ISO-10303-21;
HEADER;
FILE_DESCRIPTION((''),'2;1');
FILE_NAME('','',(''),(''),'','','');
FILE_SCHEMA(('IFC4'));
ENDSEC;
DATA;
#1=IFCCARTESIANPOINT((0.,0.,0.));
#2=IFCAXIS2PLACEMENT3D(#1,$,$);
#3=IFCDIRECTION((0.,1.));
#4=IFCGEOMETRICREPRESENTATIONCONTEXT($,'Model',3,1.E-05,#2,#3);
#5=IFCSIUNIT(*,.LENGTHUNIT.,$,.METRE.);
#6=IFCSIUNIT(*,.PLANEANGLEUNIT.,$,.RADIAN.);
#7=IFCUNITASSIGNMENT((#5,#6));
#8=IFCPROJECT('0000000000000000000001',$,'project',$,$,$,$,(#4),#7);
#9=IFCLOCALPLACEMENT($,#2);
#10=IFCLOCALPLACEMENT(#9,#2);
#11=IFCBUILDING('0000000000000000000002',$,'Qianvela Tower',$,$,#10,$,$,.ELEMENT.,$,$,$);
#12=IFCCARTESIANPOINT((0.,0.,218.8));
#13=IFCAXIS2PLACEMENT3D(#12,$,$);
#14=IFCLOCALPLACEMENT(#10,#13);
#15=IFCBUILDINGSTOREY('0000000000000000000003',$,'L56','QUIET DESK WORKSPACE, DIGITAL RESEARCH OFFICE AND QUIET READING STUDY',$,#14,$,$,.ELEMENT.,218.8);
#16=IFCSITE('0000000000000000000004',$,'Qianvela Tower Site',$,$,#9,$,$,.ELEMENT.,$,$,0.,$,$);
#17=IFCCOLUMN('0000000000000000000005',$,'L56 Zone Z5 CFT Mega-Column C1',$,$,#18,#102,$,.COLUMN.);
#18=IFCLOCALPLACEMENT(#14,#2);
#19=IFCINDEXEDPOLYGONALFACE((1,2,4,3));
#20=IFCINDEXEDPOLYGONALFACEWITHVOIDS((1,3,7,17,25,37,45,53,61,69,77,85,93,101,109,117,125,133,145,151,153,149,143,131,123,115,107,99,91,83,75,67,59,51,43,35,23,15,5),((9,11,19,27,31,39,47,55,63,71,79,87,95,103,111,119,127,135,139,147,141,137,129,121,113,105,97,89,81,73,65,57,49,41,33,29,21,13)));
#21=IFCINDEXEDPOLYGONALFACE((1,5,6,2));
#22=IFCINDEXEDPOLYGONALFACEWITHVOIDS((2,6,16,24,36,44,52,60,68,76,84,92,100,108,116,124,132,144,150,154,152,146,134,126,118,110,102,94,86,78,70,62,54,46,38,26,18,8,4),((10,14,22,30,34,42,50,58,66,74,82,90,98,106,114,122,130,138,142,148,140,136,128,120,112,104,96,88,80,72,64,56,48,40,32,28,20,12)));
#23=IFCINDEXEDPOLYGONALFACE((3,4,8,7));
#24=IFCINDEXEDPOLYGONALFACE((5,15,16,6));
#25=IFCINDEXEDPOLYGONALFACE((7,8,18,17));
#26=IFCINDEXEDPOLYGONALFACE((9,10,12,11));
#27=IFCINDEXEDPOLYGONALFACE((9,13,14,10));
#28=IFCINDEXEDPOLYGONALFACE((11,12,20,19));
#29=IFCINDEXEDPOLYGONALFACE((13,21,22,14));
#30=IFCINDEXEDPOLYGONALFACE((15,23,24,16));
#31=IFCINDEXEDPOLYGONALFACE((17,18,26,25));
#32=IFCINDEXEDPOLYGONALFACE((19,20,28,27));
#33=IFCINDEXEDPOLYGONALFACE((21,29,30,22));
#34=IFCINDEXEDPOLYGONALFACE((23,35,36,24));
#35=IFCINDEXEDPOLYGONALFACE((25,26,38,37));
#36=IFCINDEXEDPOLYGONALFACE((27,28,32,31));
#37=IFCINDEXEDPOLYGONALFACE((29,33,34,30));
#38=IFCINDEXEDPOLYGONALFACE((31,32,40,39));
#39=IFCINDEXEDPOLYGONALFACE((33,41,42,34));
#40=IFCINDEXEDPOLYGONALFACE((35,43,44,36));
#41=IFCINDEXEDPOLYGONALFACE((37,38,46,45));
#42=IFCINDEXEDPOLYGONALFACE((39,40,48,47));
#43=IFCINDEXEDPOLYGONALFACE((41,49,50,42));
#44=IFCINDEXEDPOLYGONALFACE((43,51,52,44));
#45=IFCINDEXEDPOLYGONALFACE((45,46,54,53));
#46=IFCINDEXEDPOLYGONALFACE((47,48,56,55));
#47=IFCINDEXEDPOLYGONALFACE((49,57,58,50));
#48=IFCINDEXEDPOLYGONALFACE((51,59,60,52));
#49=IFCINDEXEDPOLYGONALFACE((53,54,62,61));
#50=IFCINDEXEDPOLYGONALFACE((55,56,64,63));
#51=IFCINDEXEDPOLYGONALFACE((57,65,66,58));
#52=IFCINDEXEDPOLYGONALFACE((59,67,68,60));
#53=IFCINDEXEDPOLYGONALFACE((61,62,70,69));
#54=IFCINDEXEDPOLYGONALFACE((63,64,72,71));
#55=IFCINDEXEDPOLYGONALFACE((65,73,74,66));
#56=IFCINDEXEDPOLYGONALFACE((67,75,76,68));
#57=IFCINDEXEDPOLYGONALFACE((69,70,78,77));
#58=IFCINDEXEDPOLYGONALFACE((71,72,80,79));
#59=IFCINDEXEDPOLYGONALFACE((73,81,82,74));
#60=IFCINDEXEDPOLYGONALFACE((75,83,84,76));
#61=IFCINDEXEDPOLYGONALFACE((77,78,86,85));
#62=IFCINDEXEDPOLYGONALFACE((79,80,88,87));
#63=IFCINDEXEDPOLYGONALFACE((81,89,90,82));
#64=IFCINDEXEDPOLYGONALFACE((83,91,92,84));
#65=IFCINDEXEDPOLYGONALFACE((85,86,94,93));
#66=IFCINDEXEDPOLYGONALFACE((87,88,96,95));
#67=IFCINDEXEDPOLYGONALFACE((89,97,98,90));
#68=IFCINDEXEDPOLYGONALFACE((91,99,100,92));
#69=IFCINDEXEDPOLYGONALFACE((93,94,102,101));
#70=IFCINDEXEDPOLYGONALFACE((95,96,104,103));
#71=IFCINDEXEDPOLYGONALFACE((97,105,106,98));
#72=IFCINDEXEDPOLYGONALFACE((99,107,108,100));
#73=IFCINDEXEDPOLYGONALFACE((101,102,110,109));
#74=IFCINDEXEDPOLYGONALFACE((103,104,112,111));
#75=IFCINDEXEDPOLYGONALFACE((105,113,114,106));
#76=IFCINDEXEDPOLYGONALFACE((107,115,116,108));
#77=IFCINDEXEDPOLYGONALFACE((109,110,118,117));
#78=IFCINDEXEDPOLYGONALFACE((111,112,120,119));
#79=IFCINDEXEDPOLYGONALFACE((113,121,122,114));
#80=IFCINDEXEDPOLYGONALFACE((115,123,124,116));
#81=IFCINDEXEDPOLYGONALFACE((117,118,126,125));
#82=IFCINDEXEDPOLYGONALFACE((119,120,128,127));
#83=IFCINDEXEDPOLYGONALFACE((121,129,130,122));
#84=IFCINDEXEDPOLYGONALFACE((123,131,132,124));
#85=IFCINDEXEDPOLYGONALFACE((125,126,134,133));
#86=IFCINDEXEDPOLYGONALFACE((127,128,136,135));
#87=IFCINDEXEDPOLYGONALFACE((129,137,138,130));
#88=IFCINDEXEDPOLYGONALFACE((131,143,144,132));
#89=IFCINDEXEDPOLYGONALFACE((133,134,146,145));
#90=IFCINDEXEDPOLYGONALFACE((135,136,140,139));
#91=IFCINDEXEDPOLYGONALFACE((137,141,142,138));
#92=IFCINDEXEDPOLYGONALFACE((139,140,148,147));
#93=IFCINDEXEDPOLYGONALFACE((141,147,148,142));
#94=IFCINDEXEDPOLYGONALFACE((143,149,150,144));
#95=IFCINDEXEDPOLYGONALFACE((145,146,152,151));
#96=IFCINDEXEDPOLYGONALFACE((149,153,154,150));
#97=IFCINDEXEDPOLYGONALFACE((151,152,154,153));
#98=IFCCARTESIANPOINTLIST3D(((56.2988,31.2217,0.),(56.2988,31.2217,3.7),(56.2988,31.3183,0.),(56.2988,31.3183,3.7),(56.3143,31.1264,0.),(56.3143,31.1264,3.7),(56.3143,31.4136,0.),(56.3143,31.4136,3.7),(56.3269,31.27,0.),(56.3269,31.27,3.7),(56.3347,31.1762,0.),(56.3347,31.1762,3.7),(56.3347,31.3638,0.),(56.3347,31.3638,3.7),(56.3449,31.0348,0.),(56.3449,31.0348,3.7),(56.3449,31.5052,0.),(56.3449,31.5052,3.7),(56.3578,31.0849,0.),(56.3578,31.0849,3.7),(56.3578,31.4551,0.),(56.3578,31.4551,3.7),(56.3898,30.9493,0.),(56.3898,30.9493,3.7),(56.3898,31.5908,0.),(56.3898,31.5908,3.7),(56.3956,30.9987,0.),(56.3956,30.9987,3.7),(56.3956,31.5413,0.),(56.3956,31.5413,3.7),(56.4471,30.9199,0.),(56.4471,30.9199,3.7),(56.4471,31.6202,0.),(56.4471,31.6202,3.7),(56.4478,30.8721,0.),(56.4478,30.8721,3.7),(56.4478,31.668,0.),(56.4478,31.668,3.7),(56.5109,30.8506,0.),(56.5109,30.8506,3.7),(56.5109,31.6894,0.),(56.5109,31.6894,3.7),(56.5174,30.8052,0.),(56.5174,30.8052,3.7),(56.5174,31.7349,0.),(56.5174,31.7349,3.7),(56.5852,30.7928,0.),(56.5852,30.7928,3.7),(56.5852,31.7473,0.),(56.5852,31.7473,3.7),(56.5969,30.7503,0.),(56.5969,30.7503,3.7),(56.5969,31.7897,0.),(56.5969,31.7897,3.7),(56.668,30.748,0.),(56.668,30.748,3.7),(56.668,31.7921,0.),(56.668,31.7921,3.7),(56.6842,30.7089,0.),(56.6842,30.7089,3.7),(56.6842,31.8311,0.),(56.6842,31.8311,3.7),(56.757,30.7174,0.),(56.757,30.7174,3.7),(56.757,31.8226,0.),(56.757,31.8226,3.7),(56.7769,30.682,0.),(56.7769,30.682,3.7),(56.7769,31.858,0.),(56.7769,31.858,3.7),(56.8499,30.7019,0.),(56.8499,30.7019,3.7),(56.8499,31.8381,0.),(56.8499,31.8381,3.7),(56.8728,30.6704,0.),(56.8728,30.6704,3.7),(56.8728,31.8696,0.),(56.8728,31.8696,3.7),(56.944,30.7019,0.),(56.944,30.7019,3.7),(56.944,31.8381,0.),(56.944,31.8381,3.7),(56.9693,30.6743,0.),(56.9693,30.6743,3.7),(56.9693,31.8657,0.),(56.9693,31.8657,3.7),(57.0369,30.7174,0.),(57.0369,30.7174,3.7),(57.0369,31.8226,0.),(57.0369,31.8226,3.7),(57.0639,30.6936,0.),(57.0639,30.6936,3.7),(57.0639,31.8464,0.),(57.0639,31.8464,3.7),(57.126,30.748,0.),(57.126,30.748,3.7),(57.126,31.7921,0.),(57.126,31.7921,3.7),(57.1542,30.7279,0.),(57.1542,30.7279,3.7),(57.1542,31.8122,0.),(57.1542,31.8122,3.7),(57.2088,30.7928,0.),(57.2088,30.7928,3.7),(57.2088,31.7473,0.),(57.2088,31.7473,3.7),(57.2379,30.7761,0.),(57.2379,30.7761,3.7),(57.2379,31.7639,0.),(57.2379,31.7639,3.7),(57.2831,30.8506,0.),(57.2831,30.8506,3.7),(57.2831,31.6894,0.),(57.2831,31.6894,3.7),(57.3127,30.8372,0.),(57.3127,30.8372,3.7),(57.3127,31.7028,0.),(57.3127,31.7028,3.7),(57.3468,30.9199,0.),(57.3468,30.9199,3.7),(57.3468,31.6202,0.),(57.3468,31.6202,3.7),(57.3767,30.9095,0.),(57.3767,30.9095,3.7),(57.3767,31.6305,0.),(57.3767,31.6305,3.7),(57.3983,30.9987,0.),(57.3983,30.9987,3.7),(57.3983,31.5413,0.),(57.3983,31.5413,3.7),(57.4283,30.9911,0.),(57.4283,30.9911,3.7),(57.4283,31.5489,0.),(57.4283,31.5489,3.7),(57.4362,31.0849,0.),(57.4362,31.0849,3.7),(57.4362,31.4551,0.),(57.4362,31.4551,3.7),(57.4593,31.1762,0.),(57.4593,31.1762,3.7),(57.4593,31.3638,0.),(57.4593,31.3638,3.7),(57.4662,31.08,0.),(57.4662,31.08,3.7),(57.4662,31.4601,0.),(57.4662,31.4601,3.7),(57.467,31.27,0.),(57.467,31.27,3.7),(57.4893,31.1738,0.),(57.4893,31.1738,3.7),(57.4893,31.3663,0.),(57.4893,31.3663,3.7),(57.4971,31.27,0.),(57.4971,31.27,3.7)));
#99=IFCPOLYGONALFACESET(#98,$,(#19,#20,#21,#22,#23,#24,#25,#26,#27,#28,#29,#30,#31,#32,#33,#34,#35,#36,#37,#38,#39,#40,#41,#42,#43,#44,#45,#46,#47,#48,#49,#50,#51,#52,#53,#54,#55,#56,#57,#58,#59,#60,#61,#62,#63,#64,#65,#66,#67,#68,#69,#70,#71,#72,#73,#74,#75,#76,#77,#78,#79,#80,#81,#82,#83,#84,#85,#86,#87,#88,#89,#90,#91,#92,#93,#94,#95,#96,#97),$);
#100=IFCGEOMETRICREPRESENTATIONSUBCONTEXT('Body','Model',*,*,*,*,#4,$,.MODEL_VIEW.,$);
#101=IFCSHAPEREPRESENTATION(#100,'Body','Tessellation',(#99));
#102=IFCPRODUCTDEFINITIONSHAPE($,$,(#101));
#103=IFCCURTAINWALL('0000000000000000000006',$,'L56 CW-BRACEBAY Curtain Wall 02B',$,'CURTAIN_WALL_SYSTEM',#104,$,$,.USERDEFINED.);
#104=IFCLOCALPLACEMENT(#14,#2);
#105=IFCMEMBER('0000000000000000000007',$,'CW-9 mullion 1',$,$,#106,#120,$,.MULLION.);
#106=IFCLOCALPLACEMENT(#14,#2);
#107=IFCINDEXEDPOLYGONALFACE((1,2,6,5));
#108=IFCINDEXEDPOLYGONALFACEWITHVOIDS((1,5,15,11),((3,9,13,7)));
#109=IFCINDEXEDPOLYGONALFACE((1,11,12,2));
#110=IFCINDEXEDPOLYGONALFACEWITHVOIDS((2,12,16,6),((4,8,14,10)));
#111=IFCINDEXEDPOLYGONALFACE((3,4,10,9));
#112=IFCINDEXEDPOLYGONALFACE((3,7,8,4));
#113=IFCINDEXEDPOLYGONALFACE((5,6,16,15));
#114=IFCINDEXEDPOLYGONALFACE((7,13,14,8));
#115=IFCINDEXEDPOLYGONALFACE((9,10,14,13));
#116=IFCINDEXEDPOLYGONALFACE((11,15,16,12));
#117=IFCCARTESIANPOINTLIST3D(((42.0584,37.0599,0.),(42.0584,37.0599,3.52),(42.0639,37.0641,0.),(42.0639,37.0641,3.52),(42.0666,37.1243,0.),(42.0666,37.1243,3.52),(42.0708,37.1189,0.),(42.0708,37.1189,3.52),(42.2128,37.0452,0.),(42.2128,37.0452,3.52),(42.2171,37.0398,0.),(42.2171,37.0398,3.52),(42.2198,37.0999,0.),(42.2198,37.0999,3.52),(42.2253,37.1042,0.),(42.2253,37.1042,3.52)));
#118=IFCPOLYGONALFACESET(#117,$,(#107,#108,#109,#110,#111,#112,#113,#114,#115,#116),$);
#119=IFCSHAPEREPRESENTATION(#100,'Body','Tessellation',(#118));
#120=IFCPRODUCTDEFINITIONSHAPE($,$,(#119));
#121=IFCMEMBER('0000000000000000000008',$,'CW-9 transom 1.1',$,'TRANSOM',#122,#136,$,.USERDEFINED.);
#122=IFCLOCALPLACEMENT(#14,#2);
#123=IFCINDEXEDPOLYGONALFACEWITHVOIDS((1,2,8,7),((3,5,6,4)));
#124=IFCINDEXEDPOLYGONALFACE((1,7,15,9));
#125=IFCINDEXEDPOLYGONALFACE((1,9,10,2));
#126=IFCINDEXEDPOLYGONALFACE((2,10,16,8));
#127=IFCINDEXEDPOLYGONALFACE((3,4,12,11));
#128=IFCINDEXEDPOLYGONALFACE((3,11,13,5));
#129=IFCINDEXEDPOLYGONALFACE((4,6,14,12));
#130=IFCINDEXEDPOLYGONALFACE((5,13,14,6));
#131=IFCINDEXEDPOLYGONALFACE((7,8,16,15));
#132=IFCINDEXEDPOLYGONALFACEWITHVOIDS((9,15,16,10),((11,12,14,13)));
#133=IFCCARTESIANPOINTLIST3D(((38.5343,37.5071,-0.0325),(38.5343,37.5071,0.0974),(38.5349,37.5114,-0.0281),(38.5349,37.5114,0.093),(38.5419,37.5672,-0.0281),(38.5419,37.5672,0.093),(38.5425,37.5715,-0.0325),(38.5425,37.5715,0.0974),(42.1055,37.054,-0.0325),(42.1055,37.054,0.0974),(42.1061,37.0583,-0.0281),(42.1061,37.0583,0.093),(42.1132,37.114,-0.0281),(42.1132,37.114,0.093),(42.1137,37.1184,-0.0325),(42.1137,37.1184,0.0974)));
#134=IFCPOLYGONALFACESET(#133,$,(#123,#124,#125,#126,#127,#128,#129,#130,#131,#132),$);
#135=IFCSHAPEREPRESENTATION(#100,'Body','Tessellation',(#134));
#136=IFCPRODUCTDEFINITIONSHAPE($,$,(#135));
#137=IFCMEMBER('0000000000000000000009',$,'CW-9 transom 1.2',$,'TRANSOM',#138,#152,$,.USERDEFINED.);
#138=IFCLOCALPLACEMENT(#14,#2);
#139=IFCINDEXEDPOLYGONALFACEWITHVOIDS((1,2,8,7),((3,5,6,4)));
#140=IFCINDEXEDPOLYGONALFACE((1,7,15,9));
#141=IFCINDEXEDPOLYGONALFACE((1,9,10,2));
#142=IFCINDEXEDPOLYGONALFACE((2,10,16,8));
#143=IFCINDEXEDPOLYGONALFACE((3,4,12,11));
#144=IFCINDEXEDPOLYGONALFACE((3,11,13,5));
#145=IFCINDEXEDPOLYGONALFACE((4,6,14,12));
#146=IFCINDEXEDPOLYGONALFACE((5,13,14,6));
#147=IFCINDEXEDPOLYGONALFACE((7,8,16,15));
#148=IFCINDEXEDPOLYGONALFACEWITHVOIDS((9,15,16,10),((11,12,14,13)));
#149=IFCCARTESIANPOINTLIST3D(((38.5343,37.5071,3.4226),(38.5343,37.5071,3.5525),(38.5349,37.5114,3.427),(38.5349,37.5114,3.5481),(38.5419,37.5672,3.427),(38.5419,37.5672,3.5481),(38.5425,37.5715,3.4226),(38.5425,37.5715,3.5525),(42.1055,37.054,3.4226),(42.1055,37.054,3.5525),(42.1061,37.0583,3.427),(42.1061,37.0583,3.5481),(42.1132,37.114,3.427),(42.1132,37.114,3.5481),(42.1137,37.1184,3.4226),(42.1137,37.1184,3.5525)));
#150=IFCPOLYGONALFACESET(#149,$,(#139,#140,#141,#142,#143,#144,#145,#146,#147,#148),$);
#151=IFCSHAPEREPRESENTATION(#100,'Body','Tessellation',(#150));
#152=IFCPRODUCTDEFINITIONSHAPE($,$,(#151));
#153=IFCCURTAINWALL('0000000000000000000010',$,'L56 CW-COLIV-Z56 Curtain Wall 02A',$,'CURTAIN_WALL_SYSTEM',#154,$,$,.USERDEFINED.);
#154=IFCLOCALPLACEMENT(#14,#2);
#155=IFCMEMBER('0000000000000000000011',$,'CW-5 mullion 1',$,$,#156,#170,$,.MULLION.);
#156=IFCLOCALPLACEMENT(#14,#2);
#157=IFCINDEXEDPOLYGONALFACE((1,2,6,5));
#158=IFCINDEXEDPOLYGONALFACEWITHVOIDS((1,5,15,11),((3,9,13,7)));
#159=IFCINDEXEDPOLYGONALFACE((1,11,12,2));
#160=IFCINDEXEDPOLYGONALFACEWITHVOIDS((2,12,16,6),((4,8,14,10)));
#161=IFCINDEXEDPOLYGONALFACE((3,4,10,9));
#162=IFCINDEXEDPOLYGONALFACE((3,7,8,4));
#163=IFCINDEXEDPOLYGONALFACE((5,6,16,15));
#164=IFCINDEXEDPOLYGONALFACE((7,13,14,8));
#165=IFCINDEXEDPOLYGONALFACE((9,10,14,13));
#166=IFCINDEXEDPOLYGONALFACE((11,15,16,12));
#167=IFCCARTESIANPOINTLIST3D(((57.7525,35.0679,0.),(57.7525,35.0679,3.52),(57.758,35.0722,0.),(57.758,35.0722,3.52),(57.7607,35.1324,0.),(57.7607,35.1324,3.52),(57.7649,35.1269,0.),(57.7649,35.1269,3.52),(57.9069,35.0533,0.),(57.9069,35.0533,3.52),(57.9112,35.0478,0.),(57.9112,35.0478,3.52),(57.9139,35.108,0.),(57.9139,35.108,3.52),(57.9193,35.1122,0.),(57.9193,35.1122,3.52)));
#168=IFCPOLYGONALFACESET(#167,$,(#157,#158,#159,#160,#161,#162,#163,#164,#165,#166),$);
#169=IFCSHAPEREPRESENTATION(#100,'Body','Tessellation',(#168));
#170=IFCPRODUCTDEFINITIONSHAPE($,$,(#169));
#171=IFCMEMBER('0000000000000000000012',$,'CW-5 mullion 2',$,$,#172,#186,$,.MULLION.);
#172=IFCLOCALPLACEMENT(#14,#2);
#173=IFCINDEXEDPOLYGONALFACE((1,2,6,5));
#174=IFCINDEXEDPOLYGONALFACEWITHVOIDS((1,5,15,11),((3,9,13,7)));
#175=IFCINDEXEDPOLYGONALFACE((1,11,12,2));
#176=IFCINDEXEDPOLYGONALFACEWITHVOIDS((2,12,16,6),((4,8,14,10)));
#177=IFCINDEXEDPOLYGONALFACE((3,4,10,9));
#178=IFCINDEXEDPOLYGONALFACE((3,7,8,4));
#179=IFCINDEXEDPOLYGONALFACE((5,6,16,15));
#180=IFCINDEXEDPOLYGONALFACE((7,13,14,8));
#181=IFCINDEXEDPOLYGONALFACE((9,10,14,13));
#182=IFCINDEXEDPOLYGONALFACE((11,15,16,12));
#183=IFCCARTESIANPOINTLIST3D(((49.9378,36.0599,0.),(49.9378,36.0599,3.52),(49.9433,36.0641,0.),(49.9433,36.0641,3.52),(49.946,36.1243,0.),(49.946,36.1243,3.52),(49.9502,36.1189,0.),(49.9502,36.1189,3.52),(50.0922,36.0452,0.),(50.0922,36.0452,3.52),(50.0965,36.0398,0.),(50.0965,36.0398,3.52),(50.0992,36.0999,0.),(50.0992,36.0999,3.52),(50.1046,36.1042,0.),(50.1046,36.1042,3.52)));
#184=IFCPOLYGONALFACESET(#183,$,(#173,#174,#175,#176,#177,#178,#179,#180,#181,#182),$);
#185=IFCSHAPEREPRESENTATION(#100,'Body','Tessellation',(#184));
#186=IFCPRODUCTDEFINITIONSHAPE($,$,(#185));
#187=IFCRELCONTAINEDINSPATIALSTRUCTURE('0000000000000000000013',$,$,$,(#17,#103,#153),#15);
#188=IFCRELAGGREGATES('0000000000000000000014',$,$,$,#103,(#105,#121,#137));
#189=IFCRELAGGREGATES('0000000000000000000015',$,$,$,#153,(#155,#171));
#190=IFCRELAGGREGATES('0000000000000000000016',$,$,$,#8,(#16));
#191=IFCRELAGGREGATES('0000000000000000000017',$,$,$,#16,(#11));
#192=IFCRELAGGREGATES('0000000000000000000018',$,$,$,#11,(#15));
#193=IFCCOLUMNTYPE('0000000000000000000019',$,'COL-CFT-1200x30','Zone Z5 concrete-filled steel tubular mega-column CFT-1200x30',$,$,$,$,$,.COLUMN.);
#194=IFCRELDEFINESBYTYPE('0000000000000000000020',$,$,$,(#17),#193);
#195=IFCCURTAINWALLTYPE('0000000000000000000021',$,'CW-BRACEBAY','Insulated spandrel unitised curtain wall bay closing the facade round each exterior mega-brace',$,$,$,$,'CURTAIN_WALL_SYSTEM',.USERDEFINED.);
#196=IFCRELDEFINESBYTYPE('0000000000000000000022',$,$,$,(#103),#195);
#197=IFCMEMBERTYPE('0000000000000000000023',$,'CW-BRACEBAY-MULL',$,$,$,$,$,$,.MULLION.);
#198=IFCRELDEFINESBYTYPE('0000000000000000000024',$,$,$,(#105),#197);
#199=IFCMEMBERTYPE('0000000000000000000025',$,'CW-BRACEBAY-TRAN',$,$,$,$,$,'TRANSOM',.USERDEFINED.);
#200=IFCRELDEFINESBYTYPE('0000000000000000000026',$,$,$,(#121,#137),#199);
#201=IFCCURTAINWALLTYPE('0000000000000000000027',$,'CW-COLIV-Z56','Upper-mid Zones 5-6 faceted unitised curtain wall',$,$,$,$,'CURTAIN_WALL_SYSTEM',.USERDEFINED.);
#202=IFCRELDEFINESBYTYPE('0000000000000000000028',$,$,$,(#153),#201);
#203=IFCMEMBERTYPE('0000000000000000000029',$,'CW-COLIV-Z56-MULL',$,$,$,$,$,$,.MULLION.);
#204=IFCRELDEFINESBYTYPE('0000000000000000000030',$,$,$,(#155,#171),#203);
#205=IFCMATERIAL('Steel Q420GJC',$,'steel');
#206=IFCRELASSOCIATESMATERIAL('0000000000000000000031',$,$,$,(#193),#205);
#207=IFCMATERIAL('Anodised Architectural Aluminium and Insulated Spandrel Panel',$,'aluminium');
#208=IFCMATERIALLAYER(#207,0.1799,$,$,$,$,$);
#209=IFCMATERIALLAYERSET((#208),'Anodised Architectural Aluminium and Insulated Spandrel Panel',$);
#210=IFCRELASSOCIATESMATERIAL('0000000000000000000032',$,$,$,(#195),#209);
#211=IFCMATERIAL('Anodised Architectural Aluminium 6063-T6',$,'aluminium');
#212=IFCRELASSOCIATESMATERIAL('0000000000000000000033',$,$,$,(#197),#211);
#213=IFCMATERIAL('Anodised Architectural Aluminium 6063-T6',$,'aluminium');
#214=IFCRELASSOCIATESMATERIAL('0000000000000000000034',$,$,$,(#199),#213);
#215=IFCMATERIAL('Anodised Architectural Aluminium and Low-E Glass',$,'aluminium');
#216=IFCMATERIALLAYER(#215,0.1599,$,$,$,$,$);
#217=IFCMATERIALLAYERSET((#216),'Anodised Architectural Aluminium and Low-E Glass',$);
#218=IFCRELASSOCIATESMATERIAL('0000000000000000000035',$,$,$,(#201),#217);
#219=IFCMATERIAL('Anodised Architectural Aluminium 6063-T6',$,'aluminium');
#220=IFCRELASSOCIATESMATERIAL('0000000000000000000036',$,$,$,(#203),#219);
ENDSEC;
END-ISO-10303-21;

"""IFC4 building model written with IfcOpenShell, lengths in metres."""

from ifc_helpers import new_model, si_unit, direction, frame, origin, origin_2d, place, context, subcontext, project, spatial, hollow_rectangle, hollow_circle, extrude, material, layer, layer_set, material_profile, profile_set, type_object, element, aggregate, save


model = new_model("IFC4")

# Units and contexts
model_context = context("Model", 3, precision=1e-05, world=origin(), true_north=direction((0.0, 1.0)))
body_context = subcontext(model_context, "Body", "Model", "MODEL_VIEW")
ifc_project = project(units=[si_unit("LENGTHUNIT", "METRE"), si_unit("PLANEANGLEUNIT", "RADIAN")], contexts=[model_context])

# Site, building, storey
site_placement = place(None, origin())
site = spatial("IfcSite", under=ifc_project, at=site_placement, Name="Qianvela Tower Site", CompositionType="ELEMENT", RefElevation=0.0)
building_placement = place(site_placement, origin())
building = spatial("IfcBuilding", under=site, at=building_placement, Name="Qianvela Tower", CompositionType="ELEMENT")
storey_placement = place(building_placement, frame((0.0, 0.0, 218.8)))
storey = spatial("IfcBuildingStorey", under=building, at=storey_placement, Name="L56", Description="QUIET DESK WORKSPACE, DIGITAL RESEARCH OFFICE AND QUIET READING STUDY", CompositionType="ELEMENT", Elevation=218.8)

# Column
ifc_material_1 = material(Name="Steel Q420GJC", Category="steel")
ifc_material_profile_1 = material_profile(ifc_material_1, hollow_circle(Radius=0.6001, WallThickness=0.03, at=origin_2d()), Name="CFT-1200x30")
ifc_profile_set_1 = profile_set([ifc_material_profile_1], Name="Steel Q420GJC")
column_type = type_object("IfcColumnType", Name="COL-CFT-1200x30", Description="Zone Z5 concrete-filled steel tubular mega-column CFT-1200x30", PredefinedType="COLUMN", material=ifc_profile_set_1)
column_placement = place(storey_placement, frame((56.897, 31.27, 0.0), z_axis=(0.0, 0.0, 1.0), x_axis=(1.0, 0.0, 0.0)))
element("IfcColumn", 1, at=column_placement, inside=storey, type_object=column_type, Name="L56 Zone Z5 CFT Mega-Column C1", PredefinedType="COLUMN", context=body_context, shape_type="SweptSolid", body=[
    extrude(hollow_circle(Radius=0.6001, WallThickness=0.03, at=origin_2d()), origin(), (0.0, 0.0, 1.0), 3.7),
])

# Curtain walls, members
ifc_material_2 = material(Name="Anodised Architectural Aluminium and Insulated Spandrel Panel", Category="aluminium")
ifc_layer_1 = layer(ifc_material_2, 0.1799)
ifc_layer_set_1 = layer_set([ifc_layer_1], Name="Anodised Architectural Aluminium and Insulated Spandrel Panel")
curtain_wall_type_1 = type_object("IfcCurtainWallType", Name="CW-BRACEBAY", Description="Insulated spandrel unitised curtain wall bay closing the facade round each exterior mega-brace", ElementType="CURTAIN_WALL_SYSTEM", PredefinedType="USERDEFINED", material=ifc_layer_set_1)
curtain_wall_1_placement = place(storey_placement, origin())
curtain_wall_1 = element("IfcCurtainWall", 2, at=curtain_wall_1_placement, inside=storey, type_object=curtain_wall_type_1, Name="L56 CW-BRACEBAY Curtain Wall 02B", ObjectType="CURTAIN_WALL_SYSTEM", PredefinedType="USERDEFINED")
ifc_material_3 = material(Name="Anodised Architectural Aluminium 6063-T6", Category="aluminium")
ifc_material_profile_2 = material_profile(ifc_material_3, hollow_rectangle(XDim=0.0649, YDim=0.1599, WallThickness=0.0049, at=origin_2d()), Name="ALU-MULL-65x160")
ifc_profile_set_2 = profile_set([ifc_material_profile_2], Name="Anodised Architectural Aluminium 6063-T6")
member_type_1 = type_object("IfcMemberType", Name="CW-BRACEBAY-MULL", PredefinedType="MULLION", material=ifc_profile_set_2)
member_1_placement = place(storey_placement, frame((42.1418, 37.082, 0.0), z_axis=(0.0, 0.0, 1.0), x_axis=(-0.125899, -0.992043, 0.0)))
member_1 = element("IfcMember", 3, at=member_1_placement, type_object=member_type_1, Name="CW-9 mullion 1", PredefinedType="MULLION", context=body_context, shape_type="SweptSolid", body=[
    extrude(hollow_rectangle(XDim=0.0649, YDim=0.1599, WallThickness=0.0049, at=origin_2d()), origin(), (0.0, 0.0, 1.0), 3.52),
])
ifc_material_4 = material(Name="Anodised Architectural Aluminium 6063-T6", Category="aluminium")
ifc_material_profile_3 = material_profile(ifc_material_4, hollow_rectangle(XDim=0.0649, YDim=0.1299, WallThickness=0.0044, at=origin_2d()), Name="ALU-TRAN-65x130")
ifc_profile_set_3 = profile_set([ifc_material_profile_3], Name="Anodised Architectural Aluminium 6063-T6")
member_type_2 = type_object("IfcMemberType", Name="CW-BRACEBAY-TRAN", ElementType="TRANSOM", PredefinedType="USERDEFINED", material=ifc_profile_set_3)
member_2_placement = place(storey_placement, frame((42.1096, 37.0862, 0.0325), z_axis=(-0.992047, 0.125871, 0.0), x_axis=(-0.125871, -0.992047, 0.0)))
member_2 = element("IfcMember", 4, at=member_2_placement, type_object=member_type_2, Name="CW-9 transom 1.1", ObjectType="TRANSOM", PredefinedType="USERDEFINED", context=body_context, shape_type="SweptSolid", body=[
    extrude(hollow_rectangle(XDim=0.0649, YDim=0.1299, WallThickness=0.0044, at=origin_2d()), origin(), (0.0, 0.0, 1.0), 3.5999),
])
member_3_placement = place(storey_placement, frame((42.1096, 37.0862, 3.4875), z_axis=(-0.992047, 0.125871, 0.0), x_axis=(-0.125871, -0.992047, 0.0)))
member_3 = element("IfcMember", 5, at=member_3_placement, type_object=member_type_2, Name="CW-9 transom 1.2", ObjectType="TRANSOM", PredefinedType="USERDEFINED", context=body_context, shape_type="SweptSolid", body=[
    extrude(hollow_rectangle(XDim=0.0649, YDim=0.1299, WallThickness=0.0044, at=origin_2d()), origin(), (0.0, 0.0, 1.0), 3.5999),
])
aggregate(curtain_wall_1, [member_1, member_2, member_3])
ifc_material_5 = material(Name="Anodised Architectural Aluminium and Low-E Glass", Category="aluminium")
ifc_layer_2 = layer(ifc_material_5, 0.1599)
ifc_layer_set_2 = layer_set([ifc_layer_2], Name="Anodised Architectural Aluminium and Low-E Glass")
curtain_wall_type_2 = type_object("IfcCurtainWallType", Name="CW-COLIV-Z56", Description="Upper-mid Zones 5-6 faceted unitised curtain wall", ElementType="CURTAIN_WALL_SYSTEM", PredefinedType="USERDEFINED", material=ifc_layer_set_2)
curtain_wall_2_placement = place(storey_placement, origin())
curtain_wall_2 = element("IfcCurtainWall", 6, at=curtain_wall_2_placement, inside=storey, type_object=curtain_wall_type_2, Name="L56 CW-COLIV-Z56 Curtain Wall 02A", ObjectType="CURTAIN_WALL_SYSTEM", PredefinedType="USERDEFINED")
ifc_material_6 = material(Name="Anodised Architectural Aluminium 6063-T6", Category="aluminium")
ifc_material_profile_4 = material_profile(ifc_material_6, hollow_rectangle(XDim=0.0649, YDim=0.1599, WallThickness=0.0049, at=origin_2d()), Name="ALU-MULL-65x160")
ifc_profile_set_4 = profile_set([ifc_material_profile_4], Name="Anodised Architectural Aluminium 6063-T6")
member_type_3 = type_object("IfcMemberType", Name="CW-COLIV-Z56-MULL", PredefinedType="MULLION", material=ifc_profile_set_4)
member_4_placement = place(storey_placement, frame((57.8359, 35.0901, 0.0), z_axis=(0.0, 0.0, 1.0), x_axis=(-0.125904, -0.992042, 0.0)))
member_4 = element("IfcMember", 7, at=member_4_placement, type_object=member_type_3, Name="CW-5 mullion 1", PredefinedType="MULLION", context=body_context, shape_type="SweptSolid", body=[
    extrude(hollow_rectangle(XDim=0.0649, YDim=0.1599, WallThickness=0.0049, at=origin_2d()), origin(), (0.0, 0.0, 1.0), 3.52),
])
member_5_placement = place(storey_placement, frame((50.0212, 36.082, 0.0), z_axis=(0.0, 0.0, 1.0), x_axis=(-0.125904, -0.992042, 0.0)))
member_5 = element("IfcMember", 8, at=member_5_placement, type_object=member_type_3, Name="CW-5 mullion 2", PredefinedType="MULLION", context=body_context, shape_type="SweptSolid", body=[
    extrude(hollow_rectangle(XDim=0.0649, YDim=0.1599, WallThickness=0.0049, at=origin_2d()), origin(), (0.0, 0.0, 1.0), 3.52),
])

aggregate(curtain_wall_2, [member_4, member_5])

save(model, "model.ifc")
